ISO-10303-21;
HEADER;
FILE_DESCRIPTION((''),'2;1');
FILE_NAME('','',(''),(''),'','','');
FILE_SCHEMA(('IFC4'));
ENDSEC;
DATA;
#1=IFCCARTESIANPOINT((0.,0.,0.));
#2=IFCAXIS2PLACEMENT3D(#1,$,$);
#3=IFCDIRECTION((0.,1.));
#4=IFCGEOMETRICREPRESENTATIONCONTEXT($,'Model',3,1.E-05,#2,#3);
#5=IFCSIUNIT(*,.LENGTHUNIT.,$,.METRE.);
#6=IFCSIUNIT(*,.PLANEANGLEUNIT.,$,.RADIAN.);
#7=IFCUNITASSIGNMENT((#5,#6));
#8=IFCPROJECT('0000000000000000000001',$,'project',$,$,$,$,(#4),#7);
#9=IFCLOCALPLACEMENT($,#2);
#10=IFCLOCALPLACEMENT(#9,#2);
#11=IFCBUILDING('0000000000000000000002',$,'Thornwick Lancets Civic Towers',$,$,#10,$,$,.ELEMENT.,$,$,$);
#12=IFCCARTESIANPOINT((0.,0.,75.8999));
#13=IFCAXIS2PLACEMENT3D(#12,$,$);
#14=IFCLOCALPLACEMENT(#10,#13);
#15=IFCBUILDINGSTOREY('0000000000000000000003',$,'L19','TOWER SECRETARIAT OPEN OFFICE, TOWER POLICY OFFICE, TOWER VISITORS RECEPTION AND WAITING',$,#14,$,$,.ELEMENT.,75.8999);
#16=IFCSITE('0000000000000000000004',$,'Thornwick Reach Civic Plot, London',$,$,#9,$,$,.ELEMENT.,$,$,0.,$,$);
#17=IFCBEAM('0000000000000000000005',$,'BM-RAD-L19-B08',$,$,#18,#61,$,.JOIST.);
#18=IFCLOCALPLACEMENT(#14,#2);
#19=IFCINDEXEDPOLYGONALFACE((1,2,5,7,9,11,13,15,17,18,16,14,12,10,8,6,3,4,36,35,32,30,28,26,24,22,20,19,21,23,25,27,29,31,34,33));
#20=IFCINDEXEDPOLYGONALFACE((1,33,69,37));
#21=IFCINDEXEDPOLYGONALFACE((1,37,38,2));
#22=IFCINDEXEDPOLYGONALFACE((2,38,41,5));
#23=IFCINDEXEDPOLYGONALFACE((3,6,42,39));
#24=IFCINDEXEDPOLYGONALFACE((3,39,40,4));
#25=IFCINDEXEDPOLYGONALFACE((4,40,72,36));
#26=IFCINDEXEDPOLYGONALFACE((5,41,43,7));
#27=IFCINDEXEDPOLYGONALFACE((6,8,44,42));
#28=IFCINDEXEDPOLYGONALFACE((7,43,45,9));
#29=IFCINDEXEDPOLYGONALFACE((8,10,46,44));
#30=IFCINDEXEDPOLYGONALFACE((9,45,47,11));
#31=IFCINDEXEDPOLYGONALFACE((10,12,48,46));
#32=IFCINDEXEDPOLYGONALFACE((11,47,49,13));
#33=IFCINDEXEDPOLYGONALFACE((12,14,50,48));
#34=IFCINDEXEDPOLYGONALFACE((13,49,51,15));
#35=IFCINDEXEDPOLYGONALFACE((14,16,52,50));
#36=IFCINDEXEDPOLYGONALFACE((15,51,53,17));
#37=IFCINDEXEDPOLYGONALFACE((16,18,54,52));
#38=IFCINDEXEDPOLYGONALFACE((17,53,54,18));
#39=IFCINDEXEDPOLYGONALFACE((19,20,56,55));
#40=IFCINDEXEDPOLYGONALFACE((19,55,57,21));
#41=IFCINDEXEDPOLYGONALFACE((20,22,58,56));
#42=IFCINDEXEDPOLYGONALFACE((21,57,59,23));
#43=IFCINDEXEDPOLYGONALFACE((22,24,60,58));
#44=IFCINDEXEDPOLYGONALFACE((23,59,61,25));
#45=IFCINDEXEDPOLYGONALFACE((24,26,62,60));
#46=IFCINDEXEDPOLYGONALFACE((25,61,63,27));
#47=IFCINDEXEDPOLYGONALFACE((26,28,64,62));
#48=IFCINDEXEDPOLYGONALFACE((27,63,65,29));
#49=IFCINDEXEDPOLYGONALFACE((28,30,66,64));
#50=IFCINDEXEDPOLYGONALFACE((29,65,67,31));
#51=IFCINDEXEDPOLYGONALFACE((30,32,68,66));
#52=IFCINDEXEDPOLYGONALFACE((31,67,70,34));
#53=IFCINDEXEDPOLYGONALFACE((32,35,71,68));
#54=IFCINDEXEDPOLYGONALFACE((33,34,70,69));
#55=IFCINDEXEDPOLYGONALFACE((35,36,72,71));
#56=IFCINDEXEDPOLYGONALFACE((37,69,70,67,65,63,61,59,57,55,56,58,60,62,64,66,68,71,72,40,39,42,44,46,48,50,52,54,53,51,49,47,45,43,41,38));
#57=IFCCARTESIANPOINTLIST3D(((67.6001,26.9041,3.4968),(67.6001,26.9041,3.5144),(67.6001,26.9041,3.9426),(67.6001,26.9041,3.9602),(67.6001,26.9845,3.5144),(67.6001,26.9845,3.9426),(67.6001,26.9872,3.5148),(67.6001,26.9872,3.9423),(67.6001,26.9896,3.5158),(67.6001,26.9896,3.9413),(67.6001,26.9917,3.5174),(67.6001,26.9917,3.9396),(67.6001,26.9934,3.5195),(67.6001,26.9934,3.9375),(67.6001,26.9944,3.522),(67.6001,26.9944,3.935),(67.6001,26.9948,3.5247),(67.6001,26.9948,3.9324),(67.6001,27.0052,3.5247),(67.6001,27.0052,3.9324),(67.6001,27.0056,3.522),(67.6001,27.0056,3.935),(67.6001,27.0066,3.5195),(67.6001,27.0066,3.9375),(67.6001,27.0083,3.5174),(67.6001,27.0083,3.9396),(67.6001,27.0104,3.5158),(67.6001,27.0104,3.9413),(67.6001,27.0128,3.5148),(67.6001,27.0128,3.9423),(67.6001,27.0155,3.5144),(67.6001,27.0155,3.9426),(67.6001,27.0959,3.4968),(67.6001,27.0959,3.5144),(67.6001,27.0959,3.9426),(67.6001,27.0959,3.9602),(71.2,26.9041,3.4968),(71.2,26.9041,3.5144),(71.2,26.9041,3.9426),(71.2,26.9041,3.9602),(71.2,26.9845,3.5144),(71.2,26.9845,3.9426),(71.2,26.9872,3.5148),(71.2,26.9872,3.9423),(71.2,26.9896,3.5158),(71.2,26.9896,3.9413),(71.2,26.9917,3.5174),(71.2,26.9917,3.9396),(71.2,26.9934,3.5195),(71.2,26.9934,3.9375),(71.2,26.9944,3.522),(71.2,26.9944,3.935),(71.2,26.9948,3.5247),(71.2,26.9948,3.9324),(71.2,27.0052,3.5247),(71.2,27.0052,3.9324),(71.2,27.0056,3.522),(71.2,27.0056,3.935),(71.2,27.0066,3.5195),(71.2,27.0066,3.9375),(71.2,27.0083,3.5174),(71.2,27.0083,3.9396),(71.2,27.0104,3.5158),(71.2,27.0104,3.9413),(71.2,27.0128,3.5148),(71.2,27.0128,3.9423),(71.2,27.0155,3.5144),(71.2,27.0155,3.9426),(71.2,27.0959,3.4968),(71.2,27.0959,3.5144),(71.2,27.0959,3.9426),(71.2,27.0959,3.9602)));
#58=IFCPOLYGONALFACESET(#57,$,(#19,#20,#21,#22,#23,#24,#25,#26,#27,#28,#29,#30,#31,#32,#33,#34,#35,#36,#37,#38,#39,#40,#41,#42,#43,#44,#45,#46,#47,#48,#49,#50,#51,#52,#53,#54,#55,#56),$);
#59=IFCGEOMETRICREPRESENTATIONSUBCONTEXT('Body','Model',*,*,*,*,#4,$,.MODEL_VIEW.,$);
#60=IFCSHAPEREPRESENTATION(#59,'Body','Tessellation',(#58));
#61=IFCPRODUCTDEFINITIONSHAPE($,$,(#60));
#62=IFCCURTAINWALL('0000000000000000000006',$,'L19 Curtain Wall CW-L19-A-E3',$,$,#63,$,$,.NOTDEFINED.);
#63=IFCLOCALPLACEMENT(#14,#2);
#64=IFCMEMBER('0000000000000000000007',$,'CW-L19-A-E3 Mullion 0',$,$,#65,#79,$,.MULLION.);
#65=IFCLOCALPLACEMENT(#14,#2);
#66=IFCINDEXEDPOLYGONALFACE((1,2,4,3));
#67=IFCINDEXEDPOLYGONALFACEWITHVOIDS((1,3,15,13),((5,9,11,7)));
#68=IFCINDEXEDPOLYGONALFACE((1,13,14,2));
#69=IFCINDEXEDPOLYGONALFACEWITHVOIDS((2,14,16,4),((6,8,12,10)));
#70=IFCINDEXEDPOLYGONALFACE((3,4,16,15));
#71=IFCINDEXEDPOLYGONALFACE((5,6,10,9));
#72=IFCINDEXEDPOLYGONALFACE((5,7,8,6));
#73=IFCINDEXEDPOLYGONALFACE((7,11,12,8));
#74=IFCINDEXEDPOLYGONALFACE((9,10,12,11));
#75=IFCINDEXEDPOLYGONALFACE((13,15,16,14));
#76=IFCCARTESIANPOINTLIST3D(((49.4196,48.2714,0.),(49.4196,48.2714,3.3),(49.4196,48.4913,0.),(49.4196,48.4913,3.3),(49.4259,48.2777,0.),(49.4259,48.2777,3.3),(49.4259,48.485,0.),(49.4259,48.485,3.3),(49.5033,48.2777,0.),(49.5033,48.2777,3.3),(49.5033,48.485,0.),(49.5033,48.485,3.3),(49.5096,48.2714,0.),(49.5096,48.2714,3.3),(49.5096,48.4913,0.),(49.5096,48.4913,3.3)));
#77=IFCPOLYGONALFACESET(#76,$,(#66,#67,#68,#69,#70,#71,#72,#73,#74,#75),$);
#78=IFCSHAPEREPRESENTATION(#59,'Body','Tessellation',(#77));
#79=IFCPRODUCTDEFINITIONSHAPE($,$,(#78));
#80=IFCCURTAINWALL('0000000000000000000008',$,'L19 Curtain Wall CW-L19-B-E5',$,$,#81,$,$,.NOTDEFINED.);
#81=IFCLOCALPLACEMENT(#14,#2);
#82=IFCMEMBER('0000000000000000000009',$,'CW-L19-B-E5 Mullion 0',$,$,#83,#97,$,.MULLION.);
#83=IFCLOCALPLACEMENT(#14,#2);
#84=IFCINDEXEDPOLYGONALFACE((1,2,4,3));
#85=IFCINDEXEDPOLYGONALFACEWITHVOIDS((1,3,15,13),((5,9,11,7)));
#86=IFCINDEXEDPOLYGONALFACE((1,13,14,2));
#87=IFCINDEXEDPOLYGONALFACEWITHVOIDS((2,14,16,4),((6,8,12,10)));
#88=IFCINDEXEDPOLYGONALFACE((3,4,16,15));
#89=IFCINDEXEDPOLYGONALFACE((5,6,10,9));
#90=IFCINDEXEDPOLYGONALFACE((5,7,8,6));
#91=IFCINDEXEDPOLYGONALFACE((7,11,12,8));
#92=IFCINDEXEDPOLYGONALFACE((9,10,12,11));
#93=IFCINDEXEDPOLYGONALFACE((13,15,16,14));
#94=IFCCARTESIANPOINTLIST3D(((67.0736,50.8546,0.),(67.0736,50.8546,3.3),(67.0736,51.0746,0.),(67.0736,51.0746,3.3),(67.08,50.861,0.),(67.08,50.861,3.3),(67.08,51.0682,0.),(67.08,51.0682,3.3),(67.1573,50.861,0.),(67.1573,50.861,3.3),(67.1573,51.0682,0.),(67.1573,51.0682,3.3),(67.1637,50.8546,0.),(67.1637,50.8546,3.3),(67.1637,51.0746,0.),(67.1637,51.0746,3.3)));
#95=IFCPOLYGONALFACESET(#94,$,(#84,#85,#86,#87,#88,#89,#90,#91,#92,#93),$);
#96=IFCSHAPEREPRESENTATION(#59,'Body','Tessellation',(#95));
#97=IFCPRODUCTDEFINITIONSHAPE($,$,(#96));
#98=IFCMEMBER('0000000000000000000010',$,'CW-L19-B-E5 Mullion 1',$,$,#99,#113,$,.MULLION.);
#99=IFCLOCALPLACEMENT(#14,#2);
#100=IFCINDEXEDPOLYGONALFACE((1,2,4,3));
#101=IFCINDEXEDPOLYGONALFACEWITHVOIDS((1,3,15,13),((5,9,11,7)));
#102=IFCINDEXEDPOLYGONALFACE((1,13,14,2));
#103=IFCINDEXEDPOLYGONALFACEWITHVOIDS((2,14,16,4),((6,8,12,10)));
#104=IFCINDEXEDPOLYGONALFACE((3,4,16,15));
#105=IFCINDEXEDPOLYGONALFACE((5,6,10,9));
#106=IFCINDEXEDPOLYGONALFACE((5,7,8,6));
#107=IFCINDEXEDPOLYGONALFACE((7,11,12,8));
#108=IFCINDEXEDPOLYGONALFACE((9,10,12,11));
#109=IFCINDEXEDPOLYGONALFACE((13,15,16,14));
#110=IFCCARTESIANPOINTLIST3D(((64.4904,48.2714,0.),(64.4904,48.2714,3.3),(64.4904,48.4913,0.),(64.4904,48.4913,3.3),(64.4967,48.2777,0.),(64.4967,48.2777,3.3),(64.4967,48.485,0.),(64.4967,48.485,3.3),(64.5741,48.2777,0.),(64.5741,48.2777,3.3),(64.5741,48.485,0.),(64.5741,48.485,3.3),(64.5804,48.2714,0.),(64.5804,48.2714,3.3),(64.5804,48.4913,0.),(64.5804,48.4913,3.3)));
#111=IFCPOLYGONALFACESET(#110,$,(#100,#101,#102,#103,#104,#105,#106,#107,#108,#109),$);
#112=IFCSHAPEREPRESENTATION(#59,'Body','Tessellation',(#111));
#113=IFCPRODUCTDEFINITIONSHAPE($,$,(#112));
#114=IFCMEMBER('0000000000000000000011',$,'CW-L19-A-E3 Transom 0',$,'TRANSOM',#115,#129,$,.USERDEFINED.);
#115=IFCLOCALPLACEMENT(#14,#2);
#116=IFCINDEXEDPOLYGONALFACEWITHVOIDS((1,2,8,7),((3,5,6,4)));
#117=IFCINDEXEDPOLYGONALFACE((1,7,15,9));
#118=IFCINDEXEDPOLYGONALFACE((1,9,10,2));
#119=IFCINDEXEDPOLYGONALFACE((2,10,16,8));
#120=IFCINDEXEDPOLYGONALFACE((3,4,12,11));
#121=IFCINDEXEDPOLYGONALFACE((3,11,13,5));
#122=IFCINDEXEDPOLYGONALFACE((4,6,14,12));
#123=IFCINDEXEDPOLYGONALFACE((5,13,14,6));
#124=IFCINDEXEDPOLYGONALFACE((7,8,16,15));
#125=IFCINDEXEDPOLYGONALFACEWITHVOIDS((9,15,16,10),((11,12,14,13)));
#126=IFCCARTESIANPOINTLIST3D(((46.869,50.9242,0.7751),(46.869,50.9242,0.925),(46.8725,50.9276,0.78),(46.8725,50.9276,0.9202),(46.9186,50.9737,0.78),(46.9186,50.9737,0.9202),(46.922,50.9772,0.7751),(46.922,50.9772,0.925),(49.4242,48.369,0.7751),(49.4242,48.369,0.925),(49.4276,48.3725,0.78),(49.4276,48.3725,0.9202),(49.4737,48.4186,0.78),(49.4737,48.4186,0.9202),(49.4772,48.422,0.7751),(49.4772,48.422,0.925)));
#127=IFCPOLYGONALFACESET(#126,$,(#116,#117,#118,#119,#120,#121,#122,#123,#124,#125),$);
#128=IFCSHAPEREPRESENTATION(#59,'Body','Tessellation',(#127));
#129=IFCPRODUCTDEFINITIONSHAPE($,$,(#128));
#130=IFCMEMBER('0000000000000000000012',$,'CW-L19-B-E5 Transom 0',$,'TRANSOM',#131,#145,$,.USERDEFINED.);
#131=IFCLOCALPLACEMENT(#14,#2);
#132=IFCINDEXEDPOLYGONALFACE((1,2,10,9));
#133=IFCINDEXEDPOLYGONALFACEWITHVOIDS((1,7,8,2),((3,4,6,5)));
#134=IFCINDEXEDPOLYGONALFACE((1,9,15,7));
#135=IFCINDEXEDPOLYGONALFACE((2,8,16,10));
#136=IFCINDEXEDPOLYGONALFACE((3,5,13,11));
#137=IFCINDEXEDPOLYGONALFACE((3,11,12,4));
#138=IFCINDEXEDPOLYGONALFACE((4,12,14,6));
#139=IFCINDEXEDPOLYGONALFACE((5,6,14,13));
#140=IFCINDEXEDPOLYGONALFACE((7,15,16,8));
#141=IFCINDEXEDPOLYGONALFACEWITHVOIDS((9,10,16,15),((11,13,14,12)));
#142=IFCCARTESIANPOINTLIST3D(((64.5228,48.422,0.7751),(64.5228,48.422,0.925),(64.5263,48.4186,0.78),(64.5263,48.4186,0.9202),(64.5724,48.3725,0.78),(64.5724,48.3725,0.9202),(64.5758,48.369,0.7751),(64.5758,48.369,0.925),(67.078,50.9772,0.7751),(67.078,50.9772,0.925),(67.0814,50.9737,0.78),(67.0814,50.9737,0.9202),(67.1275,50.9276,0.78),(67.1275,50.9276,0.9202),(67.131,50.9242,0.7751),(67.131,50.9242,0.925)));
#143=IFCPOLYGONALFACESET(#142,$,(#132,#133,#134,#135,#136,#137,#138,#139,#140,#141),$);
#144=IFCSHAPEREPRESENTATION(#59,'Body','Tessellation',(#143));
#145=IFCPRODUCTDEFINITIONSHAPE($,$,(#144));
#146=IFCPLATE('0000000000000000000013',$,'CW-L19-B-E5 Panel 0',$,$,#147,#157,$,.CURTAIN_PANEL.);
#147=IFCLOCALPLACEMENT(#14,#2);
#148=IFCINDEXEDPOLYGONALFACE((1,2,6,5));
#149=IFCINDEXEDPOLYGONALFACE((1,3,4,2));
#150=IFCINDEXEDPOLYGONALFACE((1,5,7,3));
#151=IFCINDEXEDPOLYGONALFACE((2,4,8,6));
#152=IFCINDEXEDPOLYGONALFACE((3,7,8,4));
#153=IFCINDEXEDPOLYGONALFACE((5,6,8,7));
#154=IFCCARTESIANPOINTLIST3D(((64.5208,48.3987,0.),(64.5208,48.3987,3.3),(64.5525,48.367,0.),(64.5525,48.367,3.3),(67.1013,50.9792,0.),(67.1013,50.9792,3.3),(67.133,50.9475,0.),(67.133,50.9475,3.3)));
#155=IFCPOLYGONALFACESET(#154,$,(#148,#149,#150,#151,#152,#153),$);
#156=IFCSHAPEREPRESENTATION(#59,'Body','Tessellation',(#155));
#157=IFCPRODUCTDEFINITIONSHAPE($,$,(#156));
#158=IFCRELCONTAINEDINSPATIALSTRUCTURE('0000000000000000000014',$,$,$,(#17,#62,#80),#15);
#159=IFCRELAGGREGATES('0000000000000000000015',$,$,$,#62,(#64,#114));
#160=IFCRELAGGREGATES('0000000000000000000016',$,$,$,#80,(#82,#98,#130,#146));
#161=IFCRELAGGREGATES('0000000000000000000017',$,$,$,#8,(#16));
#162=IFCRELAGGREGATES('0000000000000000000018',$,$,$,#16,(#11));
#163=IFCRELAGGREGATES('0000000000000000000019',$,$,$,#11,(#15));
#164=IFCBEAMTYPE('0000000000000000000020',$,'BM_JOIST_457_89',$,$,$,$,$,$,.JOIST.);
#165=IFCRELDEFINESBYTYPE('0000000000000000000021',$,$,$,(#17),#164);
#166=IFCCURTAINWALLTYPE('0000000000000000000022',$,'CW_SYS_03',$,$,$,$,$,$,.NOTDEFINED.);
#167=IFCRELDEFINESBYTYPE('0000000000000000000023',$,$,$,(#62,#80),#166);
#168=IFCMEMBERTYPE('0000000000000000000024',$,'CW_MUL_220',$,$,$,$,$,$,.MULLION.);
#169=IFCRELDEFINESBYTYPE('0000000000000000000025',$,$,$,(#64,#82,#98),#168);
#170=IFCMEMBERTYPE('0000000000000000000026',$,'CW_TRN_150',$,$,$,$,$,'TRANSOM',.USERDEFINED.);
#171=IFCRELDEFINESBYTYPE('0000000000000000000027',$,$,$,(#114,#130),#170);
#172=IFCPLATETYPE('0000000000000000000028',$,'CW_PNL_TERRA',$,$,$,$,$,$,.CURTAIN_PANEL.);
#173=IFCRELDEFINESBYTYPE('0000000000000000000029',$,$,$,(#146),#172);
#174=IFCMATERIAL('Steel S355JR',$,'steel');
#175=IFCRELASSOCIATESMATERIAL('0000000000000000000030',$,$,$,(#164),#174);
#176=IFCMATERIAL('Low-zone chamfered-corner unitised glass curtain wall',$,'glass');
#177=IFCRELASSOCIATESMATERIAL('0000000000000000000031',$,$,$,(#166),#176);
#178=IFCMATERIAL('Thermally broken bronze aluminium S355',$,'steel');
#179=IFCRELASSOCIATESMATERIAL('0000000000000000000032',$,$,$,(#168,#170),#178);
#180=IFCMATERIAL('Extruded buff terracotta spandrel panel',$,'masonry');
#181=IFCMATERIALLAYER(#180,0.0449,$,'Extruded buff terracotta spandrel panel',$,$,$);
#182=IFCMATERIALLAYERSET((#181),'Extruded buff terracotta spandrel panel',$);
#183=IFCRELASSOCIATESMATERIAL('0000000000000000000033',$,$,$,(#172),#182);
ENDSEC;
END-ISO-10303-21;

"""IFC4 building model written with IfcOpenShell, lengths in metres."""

from ifc_helpers import new_model, si_unit, direction, frame, origin, origin_2d, place, context, subcontext, project, spatial, rectangle, hollow_rectangle, i_section, extrude, material, layer, layer_set, material_profile, profile_set, type_object, element, aggregate, save


model = new_model("IFC4")

# Units and contexts
model_context = context("Model", 3, precision=1e-05, world=origin(), true_north=direction((0.0, 1.0)))
body_context = subcontext(model_context, "Body", "Model", "MODEL_VIEW")
ifc_project = project(units=[si_unit("LENGTHUNIT", "METRE"), si_unit("PLANEANGLEUNIT", "RADIAN")], contexts=[model_context])

# Site, building, storey
site_placement = place(None, origin())
site = spatial("IfcSite", under=ifc_project, at=site_placement, Name="Thornwick Reach Civic Plot, London", CompositionType="ELEMENT", RefElevation=0.0)
building_placement = place(site_placement, origin())
building = spatial("IfcBuilding", under=site, at=building_placement, Name="Thornwick Lancets Civic Towers", CompositionType="ELEMENT")
storey_placement = place(building_placement, frame((0.0, 0.0, 75.8999)))
storey = spatial("IfcBuildingStorey", under=building, at=storey_placement, Name="L19", Description="TOWER SECRETARIAT OPEN OFFICE, TOWER POLICY OFFICE, TOWER VISITORS RECEPTION AND WAITING", CompositionType="ELEMENT", Elevation=75.8999)

# Beam
ifc_material_1 = material(Name="Steel S355JR", Category="steel")
ifc_material_profile_1 = material_profile(ifc_material_1, i_section(OverallWidth=0.1919, OverallDepth=0.4634, WebThickness=0.0105, FlangeThickness=0.0176, FilletRadius=0.0103, at=origin_2d()), Name="UKB 457x191x89")
ifc_profile_set_1 = profile_set([ifc_material_profile_1], Name="Steel S355JR")
beam_type_1 = type_object("IfcBeamType", Name="BM_JOIST_457_89", PredefinedType="JOIST", material=ifc_profile_set_1)
beam_1_placement = place(storey_placement, frame((71.2, 27.0, 3.7285), z_axis=(-1.0, 0.0, 0.0), x_axis=(0.0, -1.0, 0.0)))
element("IfcBeam", 1, at=beam_1_placement, inside=storey, type_object=beam_type_1, Name="BM-RAD-L19-B08", PredefinedType="JOIST", context=body_context, shape_type="SweptSolid", body=[
    extrude(i_section(OverallWidth=0.1919, OverallDepth=0.4634, WebThickness=0.0105, FlangeThickness=0.0176, FilletRadius=0.0103, at=origin_2d()), origin(), (0.0, 0.0, 1.0), 3.5999),
])

# Curtain wall, member
ifc_material_2 = material(Name="Low-zone chamfered-corner unitised glass curtain wall", Category="glass")
curtain_wall_type = type_object("IfcCurtainWallType", Name="CW_SYS_03", PredefinedType="NOTDEFINED", material=ifc_material_2)
curtain_wall_1_placement = place(storey_placement, origin())
curtain_wall_1 = element("IfcCurtainWall", 2, at=curtain_wall_1_placement, inside=storey, type_object=curtain_wall_type, Name="L19 Curtain Wall CW-L19-A-E3", PredefinedType="NOTDEFINED")
ifc_material_3 = material(Name="Thermally broken bronze aluminium S355", Category="steel")
ifc_material_profile_2 = material_profile(ifc_material_3, hollow_rectangle(XDim=0.0901, YDim=0.22, WallThickness=0.0063, at=origin_2d()), Name="RHS 220x90x6.3")
ifc_profile_set_2 = profile_set([ifc_material_profile_2], Name="Thermally broken bronze aluminium S355")
member_type_1 = type_object("IfcMemberType", Name="CW_MUL_220", PredefinedType="MULLION", material=ifc_profile_set_2)
member_1_placement = place(storey_placement, frame((49.4646, 48.3813, 0.0), z_axis=(0.0, 0.0, 1.0), x_axis=(1.0, 0.0, 0.0)))
member_1 = element("IfcMember", 3, at=member_1_placement, type_object=member_type_1, Name="CW-L19-A-E3 Mullion 0", PredefinedType="MULLION", context=body_context, shape_type="SweptSolid", body=[
    extrude(hollow_rectangle(XDim=0.0901, YDim=0.22, WallThickness=0.0063, at=origin_2d()), origin(), (0.0, 0.0, 1.0), 3.3),
])

# Curtain wall, members
curtain_wall_2_placement = place(storey_placement, origin())
curtain_wall_2 = element("IfcCurtainWall", 4, at=curtain_wall_2_placement, inside=storey, type_object=curtain_wall_type, Name="L19 Curtain Wall CW-L19-B-E5", PredefinedType="NOTDEFINED")
member_2_placement = place(storey_placement, frame((67.1187, 50.9646, 0.0), z_axis=(0.0, 0.0, 1.0), x_axis=(1.0, 0.0, 0.0)))
member_2 = element("IfcMember", 5, at=member_2_placement, type_object=member_type_1, Name="CW-L19-B-E5 Mullion 0", PredefinedType="MULLION", context=body_context, shape_type="SweptSolid", body=[
    extrude(hollow_rectangle(XDim=0.0901, YDim=0.22, WallThickness=0.0063, at=origin_2d()), origin(), (0.0, 0.0, 1.0), 3.3),
])
member_3_placement = place(storey_placement, frame((64.5354, 48.3813, 0.0), z_axis=(0.0, 0.0, 1.0), x_axis=(1.0, 0.0, 0.0)))
member_3 = element("IfcMember", 6, at=member_3_placement, type_object=member_type_1, Name="CW-L19-B-E5 Mullion 1", PredefinedType="MULLION", context=body_context, shape_type="SweptSolid", body=[
    extrude(hollow_rectangle(XDim=0.0901, YDim=0.22, WallThickness=0.0063, at=origin_2d()), origin(), (0.0, 0.0, 1.0), 3.3),
])

# Members
ifc_material_profile_3 = material_profile(ifc_material_3, hollow_rectangle(XDim=0.075, YDim=0.1499, WallThickness=0.0049, at=origin_2d()), Name="RHS 150x75x5")
ifc_profile_set_3 = profile_set([ifc_material_profile_3], Name="Thermally broken bronze aluminium S355")
member_type_2 = type_object("IfcMemberType", Name="CW_TRN_150", ElementType="TRANSOM", PredefinedType="USERDEFINED", material=ifc_profile_set_3)
member_4_placement = place(storey_placement, frame((49.4507, 48.3955, 0.8501), z_axis=(-0.707107, 0.707107, 0.0), x_axis=(-0.707107, -0.707107, 0.0)))
member_4 = element("IfcMember", 7, at=member_4_placement, type_object=member_type_2, Name="CW-L19-A-E3 Transom 0", ObjectType="TRANSOM", PredefinedType="USERDEFINED", context=body_context, shape_type="SweptSolid", body=[
    extrude(hollow_rectangle(XDim=0.075, YDim=0.1499, WallThickness=0.0049, at=origin_2d()), origin(), (0.0, 0.0, 1.0), 3.6135),
])
aggregate(curtain_wall_1, [member_1, member_4])
member_5_placement = place(storey_placement, frame((67.1045, 50.9507, 0.8501), z_axis=(-0.707107, -0.707107, 0.0), x_axis=(0.707107, -0.707107, 0.0)))
member_5 = element("IfcMember", 8, at=member_5_placement, type_object=member_type_2, Name="CW-L19-B-E5 Transom 0", ObjectType="TRANSOM", PredefinedType="USERDEFINED", context=body_context, shape_type="SweptSolid", body=[
    extrude(hollow_rectangle(XDim=0.075, YDim=0.1499, WallThickness=0.0049, at=origin_2d()), origin(), (0.0, 0.0, 1.0), 3.6135),
])

# Plate
ifc_material_4 = material(Name="Extruded buff terracotta spandrel panel", Category="masonry")
ifc_layer_1 = layer(ifc_material_4, 0.0449, Name="Extruded buff terracotta spandrel panel")
ifc_layer_set_1 = layer_set([ifc_layer_1], Name="Extruded buff terracotta spandrel panel")
plate_type = type_object("IfcPlateType", Name="CW_PNL_TERRA", PredefinedType="CURTAIN_PANEL", material=ifc_layer_set_1)
plate_placement = place(storey_placement, frame((65.8269, 49.6731, 0.0), z_axis=(0.0, 0.0, 1.0), x_axis=(-0.707107, -0.707107, 0.0)))
plate = element("IfcPlate", 9, at=plate_placement, type_object=plate_type, Name="CW-L19-B-E5 Panel 0", PredefinedType="CURTAIN_PANEL", context=body_context, shape_type="SweptSolid", body=[
    extrude(rectangle(XDim=3.6494, YDim=0.0449, at=origin_2d()), origin(), (0.0, 0.0, 1.0), 3.3),
])
aggregate(curtain_wall_2, [member_2, member_3, member_5, plate])

save(model, "model.ifc")
